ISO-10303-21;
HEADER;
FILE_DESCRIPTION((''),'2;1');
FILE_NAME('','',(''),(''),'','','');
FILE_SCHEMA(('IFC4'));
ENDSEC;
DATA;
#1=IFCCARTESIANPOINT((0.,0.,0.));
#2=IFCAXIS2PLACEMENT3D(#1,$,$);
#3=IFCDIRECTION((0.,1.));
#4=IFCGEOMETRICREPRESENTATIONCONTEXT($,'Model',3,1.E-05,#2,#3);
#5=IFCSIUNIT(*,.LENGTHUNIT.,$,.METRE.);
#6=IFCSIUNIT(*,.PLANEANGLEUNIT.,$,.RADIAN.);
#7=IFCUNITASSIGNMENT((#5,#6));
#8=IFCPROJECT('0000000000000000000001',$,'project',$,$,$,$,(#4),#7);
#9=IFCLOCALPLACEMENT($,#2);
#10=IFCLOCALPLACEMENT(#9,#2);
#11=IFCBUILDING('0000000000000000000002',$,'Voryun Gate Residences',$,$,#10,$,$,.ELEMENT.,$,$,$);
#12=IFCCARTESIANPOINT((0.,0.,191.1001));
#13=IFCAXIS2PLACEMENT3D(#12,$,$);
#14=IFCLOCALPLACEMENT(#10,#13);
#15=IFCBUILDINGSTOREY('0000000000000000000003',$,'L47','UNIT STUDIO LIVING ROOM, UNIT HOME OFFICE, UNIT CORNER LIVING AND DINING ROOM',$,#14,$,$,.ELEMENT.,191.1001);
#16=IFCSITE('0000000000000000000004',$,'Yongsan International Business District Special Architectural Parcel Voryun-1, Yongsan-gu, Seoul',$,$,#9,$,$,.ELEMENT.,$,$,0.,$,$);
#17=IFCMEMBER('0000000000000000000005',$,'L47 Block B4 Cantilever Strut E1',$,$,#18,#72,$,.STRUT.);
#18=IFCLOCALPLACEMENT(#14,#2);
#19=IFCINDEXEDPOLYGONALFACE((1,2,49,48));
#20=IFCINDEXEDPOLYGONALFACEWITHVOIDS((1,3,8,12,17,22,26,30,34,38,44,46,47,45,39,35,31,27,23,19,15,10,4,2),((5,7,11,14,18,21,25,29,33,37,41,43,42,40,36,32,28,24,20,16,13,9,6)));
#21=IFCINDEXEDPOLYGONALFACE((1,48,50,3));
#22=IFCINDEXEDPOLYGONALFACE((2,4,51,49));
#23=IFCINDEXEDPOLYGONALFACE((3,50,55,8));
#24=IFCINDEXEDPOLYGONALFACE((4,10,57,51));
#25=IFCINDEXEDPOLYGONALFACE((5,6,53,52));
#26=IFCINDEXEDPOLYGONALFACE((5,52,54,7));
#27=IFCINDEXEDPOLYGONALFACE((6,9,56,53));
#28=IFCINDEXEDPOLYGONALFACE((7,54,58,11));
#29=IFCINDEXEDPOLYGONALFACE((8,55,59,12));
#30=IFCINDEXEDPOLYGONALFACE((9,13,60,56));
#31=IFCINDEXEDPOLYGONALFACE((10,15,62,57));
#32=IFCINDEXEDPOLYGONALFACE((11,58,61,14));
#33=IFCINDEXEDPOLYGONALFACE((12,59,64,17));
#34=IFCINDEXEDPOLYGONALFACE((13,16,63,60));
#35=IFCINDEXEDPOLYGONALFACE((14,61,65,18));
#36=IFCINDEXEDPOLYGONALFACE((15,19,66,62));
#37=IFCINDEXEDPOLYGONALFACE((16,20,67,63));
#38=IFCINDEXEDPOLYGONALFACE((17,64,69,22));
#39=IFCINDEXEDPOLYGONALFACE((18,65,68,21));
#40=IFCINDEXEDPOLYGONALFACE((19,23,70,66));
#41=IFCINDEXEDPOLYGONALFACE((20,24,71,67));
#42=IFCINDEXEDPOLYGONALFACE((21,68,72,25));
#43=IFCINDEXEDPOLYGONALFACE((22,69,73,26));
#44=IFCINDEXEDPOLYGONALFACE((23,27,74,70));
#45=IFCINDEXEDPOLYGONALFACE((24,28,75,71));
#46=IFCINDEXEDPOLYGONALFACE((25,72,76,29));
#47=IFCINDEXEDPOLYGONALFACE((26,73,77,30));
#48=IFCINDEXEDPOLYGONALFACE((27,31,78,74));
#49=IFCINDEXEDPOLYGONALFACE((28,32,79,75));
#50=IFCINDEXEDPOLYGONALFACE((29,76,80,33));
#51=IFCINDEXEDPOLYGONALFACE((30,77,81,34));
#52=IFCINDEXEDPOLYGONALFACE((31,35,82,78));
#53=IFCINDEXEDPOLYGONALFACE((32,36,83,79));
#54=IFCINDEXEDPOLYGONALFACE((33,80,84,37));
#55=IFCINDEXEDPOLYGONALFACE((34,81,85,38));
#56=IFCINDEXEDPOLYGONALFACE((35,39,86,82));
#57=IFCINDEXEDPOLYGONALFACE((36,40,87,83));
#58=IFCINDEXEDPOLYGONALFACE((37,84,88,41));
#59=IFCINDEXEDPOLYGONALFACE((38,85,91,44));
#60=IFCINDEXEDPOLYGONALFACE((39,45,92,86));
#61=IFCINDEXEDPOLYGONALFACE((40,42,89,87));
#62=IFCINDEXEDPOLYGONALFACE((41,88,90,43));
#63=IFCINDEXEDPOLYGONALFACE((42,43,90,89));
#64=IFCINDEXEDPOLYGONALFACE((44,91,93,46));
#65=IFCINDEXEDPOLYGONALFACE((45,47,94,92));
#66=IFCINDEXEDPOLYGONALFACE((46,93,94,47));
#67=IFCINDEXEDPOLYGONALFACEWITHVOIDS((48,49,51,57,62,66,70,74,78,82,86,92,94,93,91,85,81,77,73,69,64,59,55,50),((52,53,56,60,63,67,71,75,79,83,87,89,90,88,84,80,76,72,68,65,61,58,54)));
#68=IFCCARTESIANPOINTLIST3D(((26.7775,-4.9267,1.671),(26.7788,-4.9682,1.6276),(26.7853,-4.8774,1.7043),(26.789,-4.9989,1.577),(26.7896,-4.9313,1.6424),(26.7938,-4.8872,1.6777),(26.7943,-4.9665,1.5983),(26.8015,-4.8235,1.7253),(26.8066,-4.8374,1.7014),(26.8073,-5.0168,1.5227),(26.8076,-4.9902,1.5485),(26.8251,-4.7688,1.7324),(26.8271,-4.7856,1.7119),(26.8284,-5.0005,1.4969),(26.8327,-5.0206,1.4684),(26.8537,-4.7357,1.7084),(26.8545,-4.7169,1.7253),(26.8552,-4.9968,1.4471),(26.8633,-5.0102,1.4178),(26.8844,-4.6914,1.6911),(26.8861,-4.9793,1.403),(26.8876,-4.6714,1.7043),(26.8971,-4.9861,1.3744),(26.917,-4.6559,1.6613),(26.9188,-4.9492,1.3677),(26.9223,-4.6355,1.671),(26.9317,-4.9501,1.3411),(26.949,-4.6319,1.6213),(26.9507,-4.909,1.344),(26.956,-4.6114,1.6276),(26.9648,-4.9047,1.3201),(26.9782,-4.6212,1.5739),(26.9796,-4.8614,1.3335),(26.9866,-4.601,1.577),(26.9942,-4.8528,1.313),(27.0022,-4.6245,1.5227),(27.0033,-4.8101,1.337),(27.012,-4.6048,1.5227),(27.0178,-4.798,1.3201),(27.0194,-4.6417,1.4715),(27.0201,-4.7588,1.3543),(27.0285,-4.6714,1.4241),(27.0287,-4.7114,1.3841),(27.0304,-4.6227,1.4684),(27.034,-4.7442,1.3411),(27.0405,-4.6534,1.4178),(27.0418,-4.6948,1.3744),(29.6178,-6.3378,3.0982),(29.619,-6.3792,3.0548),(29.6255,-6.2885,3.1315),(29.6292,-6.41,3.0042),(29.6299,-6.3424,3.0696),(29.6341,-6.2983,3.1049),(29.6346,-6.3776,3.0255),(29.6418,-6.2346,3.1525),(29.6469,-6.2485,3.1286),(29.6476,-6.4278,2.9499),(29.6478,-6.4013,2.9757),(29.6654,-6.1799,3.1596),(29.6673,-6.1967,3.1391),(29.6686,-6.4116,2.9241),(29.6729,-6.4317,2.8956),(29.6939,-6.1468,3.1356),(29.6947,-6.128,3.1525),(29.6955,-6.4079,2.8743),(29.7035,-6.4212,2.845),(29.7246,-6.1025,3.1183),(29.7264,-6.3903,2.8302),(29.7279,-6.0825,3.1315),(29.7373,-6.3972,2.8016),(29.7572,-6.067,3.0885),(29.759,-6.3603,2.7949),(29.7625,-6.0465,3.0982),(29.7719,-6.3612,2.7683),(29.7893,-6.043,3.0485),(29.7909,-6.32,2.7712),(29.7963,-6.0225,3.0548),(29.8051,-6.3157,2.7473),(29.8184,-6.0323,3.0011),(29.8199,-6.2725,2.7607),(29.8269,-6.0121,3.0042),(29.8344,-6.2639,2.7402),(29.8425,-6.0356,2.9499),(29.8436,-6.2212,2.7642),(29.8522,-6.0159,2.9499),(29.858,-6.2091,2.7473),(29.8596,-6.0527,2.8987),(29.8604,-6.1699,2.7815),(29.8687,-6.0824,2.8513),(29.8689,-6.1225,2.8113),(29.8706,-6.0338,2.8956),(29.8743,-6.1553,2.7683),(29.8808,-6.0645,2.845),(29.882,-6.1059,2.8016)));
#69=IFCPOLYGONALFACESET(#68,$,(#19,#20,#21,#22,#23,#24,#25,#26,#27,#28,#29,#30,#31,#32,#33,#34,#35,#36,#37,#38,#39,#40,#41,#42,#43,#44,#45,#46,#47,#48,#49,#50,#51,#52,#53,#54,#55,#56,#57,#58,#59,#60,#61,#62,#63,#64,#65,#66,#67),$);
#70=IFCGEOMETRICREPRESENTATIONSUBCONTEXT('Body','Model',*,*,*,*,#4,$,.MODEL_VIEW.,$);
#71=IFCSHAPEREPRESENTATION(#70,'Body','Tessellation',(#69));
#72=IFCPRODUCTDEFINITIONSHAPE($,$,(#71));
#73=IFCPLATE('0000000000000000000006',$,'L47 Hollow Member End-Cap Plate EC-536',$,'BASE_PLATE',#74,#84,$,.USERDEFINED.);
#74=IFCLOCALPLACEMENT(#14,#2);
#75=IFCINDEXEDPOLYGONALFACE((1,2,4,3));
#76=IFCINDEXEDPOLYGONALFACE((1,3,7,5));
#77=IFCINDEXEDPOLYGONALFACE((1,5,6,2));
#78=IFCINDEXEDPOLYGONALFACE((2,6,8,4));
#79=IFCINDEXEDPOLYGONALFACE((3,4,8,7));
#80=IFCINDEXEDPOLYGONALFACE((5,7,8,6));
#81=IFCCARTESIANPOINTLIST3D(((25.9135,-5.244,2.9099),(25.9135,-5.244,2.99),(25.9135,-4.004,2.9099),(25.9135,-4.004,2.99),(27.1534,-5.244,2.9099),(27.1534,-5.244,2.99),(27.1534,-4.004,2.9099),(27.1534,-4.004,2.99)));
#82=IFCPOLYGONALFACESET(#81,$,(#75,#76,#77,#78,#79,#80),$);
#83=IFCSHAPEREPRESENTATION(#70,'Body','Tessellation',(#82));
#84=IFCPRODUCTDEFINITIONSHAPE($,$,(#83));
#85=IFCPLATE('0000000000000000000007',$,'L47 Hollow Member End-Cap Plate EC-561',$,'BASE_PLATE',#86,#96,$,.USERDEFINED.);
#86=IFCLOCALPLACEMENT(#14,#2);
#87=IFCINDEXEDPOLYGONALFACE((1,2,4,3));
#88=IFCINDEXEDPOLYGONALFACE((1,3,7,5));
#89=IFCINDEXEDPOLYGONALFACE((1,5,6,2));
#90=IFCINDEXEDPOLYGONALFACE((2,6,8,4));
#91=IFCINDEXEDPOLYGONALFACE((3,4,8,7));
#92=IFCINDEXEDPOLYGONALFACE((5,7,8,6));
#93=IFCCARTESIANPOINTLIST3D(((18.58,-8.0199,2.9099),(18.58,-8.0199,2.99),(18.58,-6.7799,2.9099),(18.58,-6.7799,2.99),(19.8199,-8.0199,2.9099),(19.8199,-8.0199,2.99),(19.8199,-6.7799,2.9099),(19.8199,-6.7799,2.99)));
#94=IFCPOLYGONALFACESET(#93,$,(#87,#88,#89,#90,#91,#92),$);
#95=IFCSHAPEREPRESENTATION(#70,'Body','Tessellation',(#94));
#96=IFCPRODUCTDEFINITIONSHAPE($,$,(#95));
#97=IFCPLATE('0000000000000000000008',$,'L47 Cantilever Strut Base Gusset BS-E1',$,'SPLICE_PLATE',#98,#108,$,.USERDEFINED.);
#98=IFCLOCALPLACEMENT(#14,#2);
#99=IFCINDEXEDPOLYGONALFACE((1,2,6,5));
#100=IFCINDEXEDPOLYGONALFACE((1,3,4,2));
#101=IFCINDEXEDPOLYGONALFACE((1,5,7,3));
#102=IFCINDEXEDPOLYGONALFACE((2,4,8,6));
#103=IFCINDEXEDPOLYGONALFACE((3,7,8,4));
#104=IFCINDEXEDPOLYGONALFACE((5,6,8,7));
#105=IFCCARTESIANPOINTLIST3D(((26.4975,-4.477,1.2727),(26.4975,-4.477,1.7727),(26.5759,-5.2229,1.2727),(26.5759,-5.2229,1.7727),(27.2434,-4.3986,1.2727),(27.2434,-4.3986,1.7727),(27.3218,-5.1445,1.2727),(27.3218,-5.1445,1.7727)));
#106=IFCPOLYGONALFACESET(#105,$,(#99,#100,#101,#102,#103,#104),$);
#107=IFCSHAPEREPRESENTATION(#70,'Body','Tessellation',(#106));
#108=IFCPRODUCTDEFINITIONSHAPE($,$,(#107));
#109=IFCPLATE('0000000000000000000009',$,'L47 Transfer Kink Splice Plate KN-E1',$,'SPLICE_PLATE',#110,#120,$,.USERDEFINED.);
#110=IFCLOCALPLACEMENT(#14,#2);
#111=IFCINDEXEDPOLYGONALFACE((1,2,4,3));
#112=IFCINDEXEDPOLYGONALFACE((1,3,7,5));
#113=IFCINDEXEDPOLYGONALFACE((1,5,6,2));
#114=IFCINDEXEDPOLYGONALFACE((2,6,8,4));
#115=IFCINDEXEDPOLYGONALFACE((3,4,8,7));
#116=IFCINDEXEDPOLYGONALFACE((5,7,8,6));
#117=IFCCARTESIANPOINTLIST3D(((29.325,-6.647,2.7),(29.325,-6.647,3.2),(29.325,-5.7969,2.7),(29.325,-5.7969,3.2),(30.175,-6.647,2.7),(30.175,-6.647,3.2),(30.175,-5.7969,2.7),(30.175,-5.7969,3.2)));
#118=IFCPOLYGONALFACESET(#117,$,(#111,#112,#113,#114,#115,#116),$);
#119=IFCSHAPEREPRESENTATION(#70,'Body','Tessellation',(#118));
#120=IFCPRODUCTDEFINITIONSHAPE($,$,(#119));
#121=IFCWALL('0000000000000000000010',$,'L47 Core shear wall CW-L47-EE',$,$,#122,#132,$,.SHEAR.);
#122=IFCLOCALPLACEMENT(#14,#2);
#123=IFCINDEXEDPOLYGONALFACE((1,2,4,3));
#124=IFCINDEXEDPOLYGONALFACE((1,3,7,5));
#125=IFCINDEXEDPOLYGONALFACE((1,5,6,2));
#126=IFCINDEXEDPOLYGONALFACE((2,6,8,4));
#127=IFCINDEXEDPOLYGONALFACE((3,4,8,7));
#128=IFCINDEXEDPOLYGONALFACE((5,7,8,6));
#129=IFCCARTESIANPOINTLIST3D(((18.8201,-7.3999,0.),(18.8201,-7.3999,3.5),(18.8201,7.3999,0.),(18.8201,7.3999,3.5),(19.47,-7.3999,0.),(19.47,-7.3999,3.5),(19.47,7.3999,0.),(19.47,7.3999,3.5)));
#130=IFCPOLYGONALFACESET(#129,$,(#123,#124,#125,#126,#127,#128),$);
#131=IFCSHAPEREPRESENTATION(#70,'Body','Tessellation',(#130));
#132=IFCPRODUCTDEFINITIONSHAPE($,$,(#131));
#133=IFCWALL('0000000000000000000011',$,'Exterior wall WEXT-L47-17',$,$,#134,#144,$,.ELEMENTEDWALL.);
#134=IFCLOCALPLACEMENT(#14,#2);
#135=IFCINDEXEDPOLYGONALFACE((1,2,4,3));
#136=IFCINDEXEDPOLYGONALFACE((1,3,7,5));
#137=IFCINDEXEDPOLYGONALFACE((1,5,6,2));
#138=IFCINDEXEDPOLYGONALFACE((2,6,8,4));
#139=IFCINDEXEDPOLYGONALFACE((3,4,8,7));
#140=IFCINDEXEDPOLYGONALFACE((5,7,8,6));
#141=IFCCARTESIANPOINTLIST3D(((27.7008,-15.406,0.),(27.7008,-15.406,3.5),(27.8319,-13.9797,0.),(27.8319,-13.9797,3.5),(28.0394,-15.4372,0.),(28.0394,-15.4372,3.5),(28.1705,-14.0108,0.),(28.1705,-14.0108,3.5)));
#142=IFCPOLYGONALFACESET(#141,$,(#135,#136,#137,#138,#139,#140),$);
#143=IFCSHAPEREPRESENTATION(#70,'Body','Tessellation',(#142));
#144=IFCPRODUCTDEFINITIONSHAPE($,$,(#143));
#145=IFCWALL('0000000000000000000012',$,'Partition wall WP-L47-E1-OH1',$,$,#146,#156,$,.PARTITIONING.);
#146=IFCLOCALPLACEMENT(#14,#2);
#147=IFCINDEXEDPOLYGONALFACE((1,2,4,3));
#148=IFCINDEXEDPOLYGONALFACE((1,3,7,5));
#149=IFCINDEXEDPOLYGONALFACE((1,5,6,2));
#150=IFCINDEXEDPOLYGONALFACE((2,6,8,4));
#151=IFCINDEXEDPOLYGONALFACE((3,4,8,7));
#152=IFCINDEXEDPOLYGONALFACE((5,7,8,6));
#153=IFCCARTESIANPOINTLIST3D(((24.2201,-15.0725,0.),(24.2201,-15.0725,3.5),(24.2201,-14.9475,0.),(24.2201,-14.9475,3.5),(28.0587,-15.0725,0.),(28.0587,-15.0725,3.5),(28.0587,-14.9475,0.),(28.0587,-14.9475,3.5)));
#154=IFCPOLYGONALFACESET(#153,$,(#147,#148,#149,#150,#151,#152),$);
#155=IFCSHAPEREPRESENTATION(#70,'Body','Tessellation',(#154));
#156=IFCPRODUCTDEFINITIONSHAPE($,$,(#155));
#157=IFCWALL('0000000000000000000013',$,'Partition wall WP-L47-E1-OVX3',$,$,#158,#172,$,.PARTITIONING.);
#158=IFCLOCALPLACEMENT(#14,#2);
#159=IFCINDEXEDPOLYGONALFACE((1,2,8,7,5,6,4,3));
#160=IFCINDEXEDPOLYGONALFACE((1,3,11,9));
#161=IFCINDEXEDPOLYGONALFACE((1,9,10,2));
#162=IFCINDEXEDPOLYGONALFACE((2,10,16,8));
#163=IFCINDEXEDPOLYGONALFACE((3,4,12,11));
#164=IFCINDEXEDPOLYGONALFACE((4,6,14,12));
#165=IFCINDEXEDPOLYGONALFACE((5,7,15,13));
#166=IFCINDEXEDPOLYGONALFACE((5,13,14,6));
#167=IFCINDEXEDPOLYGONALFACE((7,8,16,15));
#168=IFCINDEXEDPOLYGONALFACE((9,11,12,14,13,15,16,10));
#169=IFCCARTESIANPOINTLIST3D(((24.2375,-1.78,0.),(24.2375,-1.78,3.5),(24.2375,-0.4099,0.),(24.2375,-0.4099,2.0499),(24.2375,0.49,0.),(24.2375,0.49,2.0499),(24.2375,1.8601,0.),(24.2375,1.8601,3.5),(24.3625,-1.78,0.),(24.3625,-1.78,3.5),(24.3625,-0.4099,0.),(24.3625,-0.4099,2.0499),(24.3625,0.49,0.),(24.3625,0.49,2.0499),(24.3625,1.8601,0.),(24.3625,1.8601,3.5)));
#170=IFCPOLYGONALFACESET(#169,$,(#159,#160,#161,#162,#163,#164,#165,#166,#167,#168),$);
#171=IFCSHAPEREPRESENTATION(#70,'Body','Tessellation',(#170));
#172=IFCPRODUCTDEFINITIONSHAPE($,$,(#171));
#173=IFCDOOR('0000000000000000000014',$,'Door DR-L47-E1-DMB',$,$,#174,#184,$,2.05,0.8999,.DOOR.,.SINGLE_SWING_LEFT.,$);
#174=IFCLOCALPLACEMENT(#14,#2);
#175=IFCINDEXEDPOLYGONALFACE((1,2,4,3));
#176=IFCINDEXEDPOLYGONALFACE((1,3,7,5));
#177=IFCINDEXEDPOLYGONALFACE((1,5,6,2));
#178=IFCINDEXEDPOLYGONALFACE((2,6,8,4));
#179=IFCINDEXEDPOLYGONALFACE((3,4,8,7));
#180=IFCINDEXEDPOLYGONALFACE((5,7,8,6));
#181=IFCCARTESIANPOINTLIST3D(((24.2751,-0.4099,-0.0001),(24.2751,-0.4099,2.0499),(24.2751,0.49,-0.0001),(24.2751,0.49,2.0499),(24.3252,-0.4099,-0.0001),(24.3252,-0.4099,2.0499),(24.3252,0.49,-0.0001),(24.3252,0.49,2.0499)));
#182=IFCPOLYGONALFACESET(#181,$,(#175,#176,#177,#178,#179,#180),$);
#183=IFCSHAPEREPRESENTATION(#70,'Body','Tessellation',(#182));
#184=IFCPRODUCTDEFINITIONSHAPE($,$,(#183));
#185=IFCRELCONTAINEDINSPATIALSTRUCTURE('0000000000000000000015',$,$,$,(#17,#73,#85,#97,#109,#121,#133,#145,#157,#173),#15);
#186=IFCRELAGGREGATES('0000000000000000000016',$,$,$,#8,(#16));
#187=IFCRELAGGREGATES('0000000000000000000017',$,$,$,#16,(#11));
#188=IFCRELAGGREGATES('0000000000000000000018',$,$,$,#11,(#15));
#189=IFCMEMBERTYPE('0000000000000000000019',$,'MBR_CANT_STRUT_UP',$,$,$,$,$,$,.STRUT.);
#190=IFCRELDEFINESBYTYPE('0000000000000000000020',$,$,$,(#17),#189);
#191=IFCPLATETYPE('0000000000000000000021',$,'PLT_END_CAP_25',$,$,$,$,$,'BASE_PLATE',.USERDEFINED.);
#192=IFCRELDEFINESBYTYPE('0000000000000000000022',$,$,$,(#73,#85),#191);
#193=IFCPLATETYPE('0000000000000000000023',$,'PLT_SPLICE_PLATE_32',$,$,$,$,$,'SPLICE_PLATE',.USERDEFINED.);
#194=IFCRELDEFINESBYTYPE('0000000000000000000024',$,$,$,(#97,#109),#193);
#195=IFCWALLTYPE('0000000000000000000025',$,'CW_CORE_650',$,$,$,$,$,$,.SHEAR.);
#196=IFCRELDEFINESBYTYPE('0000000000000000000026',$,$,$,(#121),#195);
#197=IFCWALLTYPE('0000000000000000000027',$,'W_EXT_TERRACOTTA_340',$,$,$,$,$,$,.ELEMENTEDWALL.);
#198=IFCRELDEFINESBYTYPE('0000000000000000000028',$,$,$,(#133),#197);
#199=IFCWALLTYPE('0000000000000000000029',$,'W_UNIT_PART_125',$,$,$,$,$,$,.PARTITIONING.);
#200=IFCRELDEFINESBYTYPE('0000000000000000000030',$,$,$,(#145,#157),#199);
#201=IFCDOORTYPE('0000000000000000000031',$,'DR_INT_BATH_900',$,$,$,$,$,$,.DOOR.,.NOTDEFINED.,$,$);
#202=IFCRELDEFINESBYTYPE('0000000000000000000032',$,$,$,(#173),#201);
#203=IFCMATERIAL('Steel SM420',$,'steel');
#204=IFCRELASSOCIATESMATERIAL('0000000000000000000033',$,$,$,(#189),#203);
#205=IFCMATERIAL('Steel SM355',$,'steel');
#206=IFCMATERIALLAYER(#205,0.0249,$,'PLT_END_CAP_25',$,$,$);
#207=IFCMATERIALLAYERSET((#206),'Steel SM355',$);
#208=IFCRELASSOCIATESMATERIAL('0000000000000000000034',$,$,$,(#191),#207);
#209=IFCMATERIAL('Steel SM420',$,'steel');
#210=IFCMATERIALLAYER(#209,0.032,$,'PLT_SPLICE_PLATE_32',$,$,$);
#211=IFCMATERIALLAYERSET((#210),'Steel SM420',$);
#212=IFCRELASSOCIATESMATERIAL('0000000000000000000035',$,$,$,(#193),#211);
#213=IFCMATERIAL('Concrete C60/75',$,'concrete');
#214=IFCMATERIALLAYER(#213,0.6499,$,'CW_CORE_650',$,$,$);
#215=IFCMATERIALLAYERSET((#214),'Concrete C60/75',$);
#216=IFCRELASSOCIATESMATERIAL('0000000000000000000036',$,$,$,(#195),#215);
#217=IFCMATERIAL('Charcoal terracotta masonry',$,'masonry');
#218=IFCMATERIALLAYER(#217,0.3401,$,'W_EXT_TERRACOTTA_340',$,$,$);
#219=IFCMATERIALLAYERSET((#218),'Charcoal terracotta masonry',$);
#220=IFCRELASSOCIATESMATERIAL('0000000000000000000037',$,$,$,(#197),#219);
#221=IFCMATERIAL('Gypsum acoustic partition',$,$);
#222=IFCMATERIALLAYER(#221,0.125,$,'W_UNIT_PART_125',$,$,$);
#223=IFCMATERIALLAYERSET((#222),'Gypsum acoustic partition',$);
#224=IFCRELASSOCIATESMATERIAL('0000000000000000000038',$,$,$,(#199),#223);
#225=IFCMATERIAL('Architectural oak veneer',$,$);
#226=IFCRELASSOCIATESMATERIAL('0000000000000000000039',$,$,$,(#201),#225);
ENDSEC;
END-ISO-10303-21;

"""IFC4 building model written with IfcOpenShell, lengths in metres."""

from ifc_helpers import new_model, si_unit, direction, frame, frame_2d, origin, origin_2d, place, context, subcontext, project, spatial, rectangle, hollow_circle, extrude, material, layer, layer_set, material_profile, profile_set, type_object, element, fill, save


model = new_model("IFC4")

# Units and contexts
model_context = context("Model", 3, precision=1e-05, world=origin(), true_north=direction((0.0, 1.0)))
body_context = subcontext(model_context, "Body", "Model", "MODEL_VIEW")
ifc_project = project(units=[si_unit("LENGTHUNIT", "METRE"), si_unit("PLANEANGLEUNIT", "RADIAN")], contexts=[model_context])

# Site, building, storey
site_placement = place(None, origin())
site = spatial("IfcSite", under=ifc_project, at=site_placement, Name="Yongsan International Business District Special Architectural Parcel Voryun-1, Yongsan-gu, Seoul", CompositionType="ELEMENT", RefElevation=0.0)
building_placement = place(site_placement, origin())
building = spatial("IfcBuilding", under=site, at=building_placement, Name="Voryun Gate Residences", CompositionType="ELEMENT")
storey_placement = place(building_placement, frame((0.0, 0.0, 191.1001)))
storey = spatial("IfcBuildingStorey", under=building, at=storey_placement, Name="L47", Description="UNIT STUDIO LIVING ROOM, UNIT HOME OFFICE, UNIT CORNER LIVING AND DINING ROOM", CompositionType="ELEMENT", Elevation=191.1001)

# Member
ifc_material_1 = material(Name="Steel SM420", Category="steel")
ifc_material_profile_1 = material_profile(ifc_material_1, hollow_circle(Radius=0.23, WallThickness=0.022, at=origin_2d()), Name="CHS-460x22")
ifc_profile_set_1 = profile_set([ifc_material_profile_1], Name="Steel SM420")
member_type = type_object("IfcMemberType", Name="MBR_CANT_STRUT_UP", PredefinedType="STRUT", material=ifc_profile_set_1)
member_placement = place(storey_placement, frame((26.9097, -4.8108, 1.5227), z_axis=(0.816679, -0.405742, 0.410375), x_axis=(0.444934, 0.895564, 0.0)))
element("IfcMember", 1, at=member_placement, inside=storey, type_object=member_type, Name="L47 Block B4 Cantilever Strut E1", PredefinedType="STRUT", context=body_context, shape_type="SweptSolid", body=[
    extrude(hollow_circle(Radius=0.23, WallThickness=0.022, at=origin_2d()), origin(), (0.0, 0.0, 1.0), 3.4778),
])

# Plates
ifc_material_2 = material(Name="Steel SM355", Category="steel")
ifc_layer_1 = layer(ifc_material_2, 0.0249, Name="PLT_END_CAP_25")
ifc_layer_set_1 = layer_set([ifc_layer_1], Name="Steel SM355")
plate_type_1 = type_object("IfcPlateType", Name="PLT_END_CAP_25", ElementType="BASE_PLATE", PredefinedType="USERDEFINED", material=ifc_layer_set_1)
for number, where, z_axis, x_axis, name in (
    (2, (26.5334, -4.624, 2.9099), (0.0, 0.0, 1.0), (1.0, 0.0, 0.0), "L47 Hollow Member End-Cap Plate EC-536"),
    (3, (19.2, -7.3999, 2.9099), (0.0, 0.0, 1.0), (1.0, 0.0, 0.0), "L47 Hollow Member End-Cap Plate EC-561"),
):
    element("IfcPlate", number, at=place(storey_placement, frame(where, z_axis=z_axis, x_axis=x_axis)), inside=storey, type_object=plate_type_1, Name=name, ObjectType="BASE_PLATE", PredefinedType="USERDEFINED", context=body_context, shape_type="SweptSolid", body=[
        extrude(rectangle(XDim=1.24, YDim=1.24, at=origin_2d()), origin(), (0.0, 0.0, 1.0), 0.0801),
    ])
ifc_material_3 = material(Name="Steel SM420", Category="steel")
ifc_layer_2 = layer(ifc_material_3, 0.032, Name="PLT_SPLICE_PLATE_32")
ifc_layer_set_2 = layer_set([ifc_layer_2], Name="Steel SM420")
plate_type_2 = type_object("IfcPlateType", Name="PLT_SPLICE_PLATE_32", ElementType="SPLICE_PLATE", PredefinedType="USERDEFINED", material=ifc_layer_set_2)
plate_1_placement = place(storey_placement, frame((26.9097, -4.8108, 1.2727), z_axis=(0.0, 0.0, 1.0), x_axis=(0.994522, 0.104528, 0.0)))
element("IfcPlate", 4, at=plate_1_placement, inside=storey, type_object=plate_type_2, Name="L47 Cantilever Strut Base Gusset BS-E1", ObjectType="SPLICE_PLATE", PredefinedType="USERDEFINED", context=body_context, shape_type="SweptSolid", body=[
    extrude(rectangle(XDim=0.75, YDim=0.75, at=origin_2d()), origin(), (0.0, 0.0, 1.0), 0.5),
])
plate_2_placement = place(storey_placement, frame((29.75, -6.2219, 2.7), z_axis=(0.0, 0.0, 1.0), x_axis=(1.0, 0.0, 0.0)))
element("IfcPlate", 5, at=plate_2_placement, inside=storey, type_object=plate_type_2, Name="L47 Transfer Kink Splice Plate KN-E1", ObjectType="SPLICE_PLATE", PredefinedType="USERDEFINED", context=body_context, shape_type="SweptSolid", body=[
    extrude(rectangle(XDim=0.8501, YDim=0.8501, at=origin_2d()), origin(), (0.0, 0.0, 1.0), 0.5),
])

# Walls
ifc_material_4 = material(Name="Concrete C60/75", Category="concrete")
ifc_layer_3 = layer(ifc_material_4, 0.6499, Name="CW_CORE_650")
ifc_layer_set_3 = layer_set([ifc_layer_3], Name="Concrete C60/75")
wall_type_1 = type_object("IfcWallType", Name="CW_CORE_650", PredefinedType="SHEAR", material=ifc_layer_set_3)
wall_1_placement = place(storey_placement, frame((19.145, -7.3999, 0.0), z_axis=(0.0, 0.0, 1.0), x_axis=(0.0, 1.0, 0.0)))
element("IfcWall", 6, at=wall_1_placement, inside=storey, type_object=wall_type_1, Name="L47 Core shear wall CW-L47-EE", PredefinedType="SHEAR", context=body_context, shape_type="SweptSolid", body=[
    extrude(rectangle(XDim=14.7998, YDim=0.6499, at=frame_2d((7.3999, 0.0))), origin(), (0.0, 0.0, 1.0), 3.5),
])
ifc_material_5 = material(Name="Charcoal terracotta masonry", Category="masonry")
ifc_layer_4 = layer(ifc_material_5, 0.3401, Name="W_EXT_TERRACOTTA_340")
ifc_layer_set_4 = layer_set([ifc_layer_4], Name="Charcoal terracotta masonry")
wall_type_2 = type_object("IfcWallType", Name="W_EXT_TERRACOTTA_340", PredefinedType="ELEMENTEDWALL", material=ifc_layer_set_4)
wall_2_placement = place(storey_placement, frame((28.0012, -13.9951, 0.0), z_axis=(0.0, 0.0, 1.0), x_axis=(-0.091535, -0.995802, 0.0)))
element("IfcWall", 7, at=wall_2_placement, inside=storey, type_object=wall_type_2, Name="Exterior wall WEXT-L47-17", PredefinedType="ELEMENTEDWALL", context=body_context, shape_type="SweptSolid", body=[
    extrude(rectangle(XDim=1.4324, YDim=0.3401, at=frame_2d((0.7163, 0.0))), origin(), (0.0, 0.0, 1.0), 3.5),
])
ifc_material_6 = material(Name="Gypsum acoustic partition")
ifc_layer_5 = layer(ifc_material_6, 0.125, Name="W_UNIT_PART_125")
ifc_layer_set_5 = layer_set([ifc_layer_5], Name="Gypsum acoustic partition")
wall_type_3 = type_object("IfcWallType", Name="W_UNIT_PART_125", PredefinedType="PARTITIONING", material=ifc_layer_set_5)
wall_3_placement = place(storey_placement, frame((24.22, -15.01, 0.0), z_axis=(0.0, 0.0, 1.0), x_axis=(1.0, 0.0, 0.0)))
element("IfcWall", 8, at=wall_3_placement, inside=storey, type_object=wall_type_3, Name="Partition wall WP-L47-E1-OH1", PredefinedType="PARTITIONING", context=body_context, shape_type="SweptSolid", body=[
    extrude(rectangle(XDim=3.8386, YDim=0.125, at=frame_2d((1.9194, 0.0))), origin(), (0.0, 0.0, 1.0), 3.5),
])

# Wall, opening, door
wall_4_placement = place(storey_placement, frame((24.3, -1.78, 0.0), z_axis=(0.0, 0.0, 1.0), x_axis=(0.0, 1.0, 0.0)))
wall_4 = element("IfcWall", 9, at=wall_4_placement, inside=storey, type_object=wall_type_3, Name="Partition wall WP-L47-E1-OVX3", PredefinedType="PARTITIONING", context=body_context, shape_type="SweptSolid", body=[
    extrude(rectangle(XDim=3.6401, YDim=0.125, at=frame_2d((1.8201, 0.0))), origin(), (0.0, 0.0, 1.0), 3.5),
])
opening_1_placement = place(wall_4_placement, frame((1.3701, 0.0, 0.0)))
opening_1 = element("IfcOpeningElement", 10, at=opening_1_placement, cuts=wall_4, PredefinedType="OPENING", context=body_context, shape_type="SweptSolid", body=[
    extrude(rectangle(XDim=0.8999, YDim=2.05, at=frame_2d((0.45, 1.0249))), frame((0.0, 0.0725, 0.0), z_axis=(0.0, -1.0, 0.0), x_axis=(1.0, 0.0, 0.0)), (0.0, 0.0, 1.0), 0.145),
])
ifc_material_7 = material(Name="Architectural oak veneer")
door_type_1 = type_object("IfcDoorType", Name="DR_INT_BATH_900", OperationType="NOTDEFINED", PredefinedType="DOOR", material=ifc_material_7)
door_1_placement = place(opening_1_placement, origin())
door_1 = element("IfcDoor", 11, at=door_1_placement, inside=storey, type_object=door_type_1, Name="Door DR-L47-E1-DMB", OperationType="SINGLE_SWING_LEFT", OverallHeight=2.05, OverallWidth=0.8999, PredefinedType="DOOR", context=body_context, shape_type="SweptSolid", body=[
    extrude(rectangle(XDim=0.8999, YDim=2.05, at=frame_2d((0.45, 1.0249))), frame((0.0, 0.0249, 0.0), z_axis=(0.0, -1.0, 0.0), x_axis=(1.0, 0.0, 0.0)), (0.0, 0.0, 1.0), 0.05),
])
fill(opening_1, door_1)

save(model, "model.ifc")
